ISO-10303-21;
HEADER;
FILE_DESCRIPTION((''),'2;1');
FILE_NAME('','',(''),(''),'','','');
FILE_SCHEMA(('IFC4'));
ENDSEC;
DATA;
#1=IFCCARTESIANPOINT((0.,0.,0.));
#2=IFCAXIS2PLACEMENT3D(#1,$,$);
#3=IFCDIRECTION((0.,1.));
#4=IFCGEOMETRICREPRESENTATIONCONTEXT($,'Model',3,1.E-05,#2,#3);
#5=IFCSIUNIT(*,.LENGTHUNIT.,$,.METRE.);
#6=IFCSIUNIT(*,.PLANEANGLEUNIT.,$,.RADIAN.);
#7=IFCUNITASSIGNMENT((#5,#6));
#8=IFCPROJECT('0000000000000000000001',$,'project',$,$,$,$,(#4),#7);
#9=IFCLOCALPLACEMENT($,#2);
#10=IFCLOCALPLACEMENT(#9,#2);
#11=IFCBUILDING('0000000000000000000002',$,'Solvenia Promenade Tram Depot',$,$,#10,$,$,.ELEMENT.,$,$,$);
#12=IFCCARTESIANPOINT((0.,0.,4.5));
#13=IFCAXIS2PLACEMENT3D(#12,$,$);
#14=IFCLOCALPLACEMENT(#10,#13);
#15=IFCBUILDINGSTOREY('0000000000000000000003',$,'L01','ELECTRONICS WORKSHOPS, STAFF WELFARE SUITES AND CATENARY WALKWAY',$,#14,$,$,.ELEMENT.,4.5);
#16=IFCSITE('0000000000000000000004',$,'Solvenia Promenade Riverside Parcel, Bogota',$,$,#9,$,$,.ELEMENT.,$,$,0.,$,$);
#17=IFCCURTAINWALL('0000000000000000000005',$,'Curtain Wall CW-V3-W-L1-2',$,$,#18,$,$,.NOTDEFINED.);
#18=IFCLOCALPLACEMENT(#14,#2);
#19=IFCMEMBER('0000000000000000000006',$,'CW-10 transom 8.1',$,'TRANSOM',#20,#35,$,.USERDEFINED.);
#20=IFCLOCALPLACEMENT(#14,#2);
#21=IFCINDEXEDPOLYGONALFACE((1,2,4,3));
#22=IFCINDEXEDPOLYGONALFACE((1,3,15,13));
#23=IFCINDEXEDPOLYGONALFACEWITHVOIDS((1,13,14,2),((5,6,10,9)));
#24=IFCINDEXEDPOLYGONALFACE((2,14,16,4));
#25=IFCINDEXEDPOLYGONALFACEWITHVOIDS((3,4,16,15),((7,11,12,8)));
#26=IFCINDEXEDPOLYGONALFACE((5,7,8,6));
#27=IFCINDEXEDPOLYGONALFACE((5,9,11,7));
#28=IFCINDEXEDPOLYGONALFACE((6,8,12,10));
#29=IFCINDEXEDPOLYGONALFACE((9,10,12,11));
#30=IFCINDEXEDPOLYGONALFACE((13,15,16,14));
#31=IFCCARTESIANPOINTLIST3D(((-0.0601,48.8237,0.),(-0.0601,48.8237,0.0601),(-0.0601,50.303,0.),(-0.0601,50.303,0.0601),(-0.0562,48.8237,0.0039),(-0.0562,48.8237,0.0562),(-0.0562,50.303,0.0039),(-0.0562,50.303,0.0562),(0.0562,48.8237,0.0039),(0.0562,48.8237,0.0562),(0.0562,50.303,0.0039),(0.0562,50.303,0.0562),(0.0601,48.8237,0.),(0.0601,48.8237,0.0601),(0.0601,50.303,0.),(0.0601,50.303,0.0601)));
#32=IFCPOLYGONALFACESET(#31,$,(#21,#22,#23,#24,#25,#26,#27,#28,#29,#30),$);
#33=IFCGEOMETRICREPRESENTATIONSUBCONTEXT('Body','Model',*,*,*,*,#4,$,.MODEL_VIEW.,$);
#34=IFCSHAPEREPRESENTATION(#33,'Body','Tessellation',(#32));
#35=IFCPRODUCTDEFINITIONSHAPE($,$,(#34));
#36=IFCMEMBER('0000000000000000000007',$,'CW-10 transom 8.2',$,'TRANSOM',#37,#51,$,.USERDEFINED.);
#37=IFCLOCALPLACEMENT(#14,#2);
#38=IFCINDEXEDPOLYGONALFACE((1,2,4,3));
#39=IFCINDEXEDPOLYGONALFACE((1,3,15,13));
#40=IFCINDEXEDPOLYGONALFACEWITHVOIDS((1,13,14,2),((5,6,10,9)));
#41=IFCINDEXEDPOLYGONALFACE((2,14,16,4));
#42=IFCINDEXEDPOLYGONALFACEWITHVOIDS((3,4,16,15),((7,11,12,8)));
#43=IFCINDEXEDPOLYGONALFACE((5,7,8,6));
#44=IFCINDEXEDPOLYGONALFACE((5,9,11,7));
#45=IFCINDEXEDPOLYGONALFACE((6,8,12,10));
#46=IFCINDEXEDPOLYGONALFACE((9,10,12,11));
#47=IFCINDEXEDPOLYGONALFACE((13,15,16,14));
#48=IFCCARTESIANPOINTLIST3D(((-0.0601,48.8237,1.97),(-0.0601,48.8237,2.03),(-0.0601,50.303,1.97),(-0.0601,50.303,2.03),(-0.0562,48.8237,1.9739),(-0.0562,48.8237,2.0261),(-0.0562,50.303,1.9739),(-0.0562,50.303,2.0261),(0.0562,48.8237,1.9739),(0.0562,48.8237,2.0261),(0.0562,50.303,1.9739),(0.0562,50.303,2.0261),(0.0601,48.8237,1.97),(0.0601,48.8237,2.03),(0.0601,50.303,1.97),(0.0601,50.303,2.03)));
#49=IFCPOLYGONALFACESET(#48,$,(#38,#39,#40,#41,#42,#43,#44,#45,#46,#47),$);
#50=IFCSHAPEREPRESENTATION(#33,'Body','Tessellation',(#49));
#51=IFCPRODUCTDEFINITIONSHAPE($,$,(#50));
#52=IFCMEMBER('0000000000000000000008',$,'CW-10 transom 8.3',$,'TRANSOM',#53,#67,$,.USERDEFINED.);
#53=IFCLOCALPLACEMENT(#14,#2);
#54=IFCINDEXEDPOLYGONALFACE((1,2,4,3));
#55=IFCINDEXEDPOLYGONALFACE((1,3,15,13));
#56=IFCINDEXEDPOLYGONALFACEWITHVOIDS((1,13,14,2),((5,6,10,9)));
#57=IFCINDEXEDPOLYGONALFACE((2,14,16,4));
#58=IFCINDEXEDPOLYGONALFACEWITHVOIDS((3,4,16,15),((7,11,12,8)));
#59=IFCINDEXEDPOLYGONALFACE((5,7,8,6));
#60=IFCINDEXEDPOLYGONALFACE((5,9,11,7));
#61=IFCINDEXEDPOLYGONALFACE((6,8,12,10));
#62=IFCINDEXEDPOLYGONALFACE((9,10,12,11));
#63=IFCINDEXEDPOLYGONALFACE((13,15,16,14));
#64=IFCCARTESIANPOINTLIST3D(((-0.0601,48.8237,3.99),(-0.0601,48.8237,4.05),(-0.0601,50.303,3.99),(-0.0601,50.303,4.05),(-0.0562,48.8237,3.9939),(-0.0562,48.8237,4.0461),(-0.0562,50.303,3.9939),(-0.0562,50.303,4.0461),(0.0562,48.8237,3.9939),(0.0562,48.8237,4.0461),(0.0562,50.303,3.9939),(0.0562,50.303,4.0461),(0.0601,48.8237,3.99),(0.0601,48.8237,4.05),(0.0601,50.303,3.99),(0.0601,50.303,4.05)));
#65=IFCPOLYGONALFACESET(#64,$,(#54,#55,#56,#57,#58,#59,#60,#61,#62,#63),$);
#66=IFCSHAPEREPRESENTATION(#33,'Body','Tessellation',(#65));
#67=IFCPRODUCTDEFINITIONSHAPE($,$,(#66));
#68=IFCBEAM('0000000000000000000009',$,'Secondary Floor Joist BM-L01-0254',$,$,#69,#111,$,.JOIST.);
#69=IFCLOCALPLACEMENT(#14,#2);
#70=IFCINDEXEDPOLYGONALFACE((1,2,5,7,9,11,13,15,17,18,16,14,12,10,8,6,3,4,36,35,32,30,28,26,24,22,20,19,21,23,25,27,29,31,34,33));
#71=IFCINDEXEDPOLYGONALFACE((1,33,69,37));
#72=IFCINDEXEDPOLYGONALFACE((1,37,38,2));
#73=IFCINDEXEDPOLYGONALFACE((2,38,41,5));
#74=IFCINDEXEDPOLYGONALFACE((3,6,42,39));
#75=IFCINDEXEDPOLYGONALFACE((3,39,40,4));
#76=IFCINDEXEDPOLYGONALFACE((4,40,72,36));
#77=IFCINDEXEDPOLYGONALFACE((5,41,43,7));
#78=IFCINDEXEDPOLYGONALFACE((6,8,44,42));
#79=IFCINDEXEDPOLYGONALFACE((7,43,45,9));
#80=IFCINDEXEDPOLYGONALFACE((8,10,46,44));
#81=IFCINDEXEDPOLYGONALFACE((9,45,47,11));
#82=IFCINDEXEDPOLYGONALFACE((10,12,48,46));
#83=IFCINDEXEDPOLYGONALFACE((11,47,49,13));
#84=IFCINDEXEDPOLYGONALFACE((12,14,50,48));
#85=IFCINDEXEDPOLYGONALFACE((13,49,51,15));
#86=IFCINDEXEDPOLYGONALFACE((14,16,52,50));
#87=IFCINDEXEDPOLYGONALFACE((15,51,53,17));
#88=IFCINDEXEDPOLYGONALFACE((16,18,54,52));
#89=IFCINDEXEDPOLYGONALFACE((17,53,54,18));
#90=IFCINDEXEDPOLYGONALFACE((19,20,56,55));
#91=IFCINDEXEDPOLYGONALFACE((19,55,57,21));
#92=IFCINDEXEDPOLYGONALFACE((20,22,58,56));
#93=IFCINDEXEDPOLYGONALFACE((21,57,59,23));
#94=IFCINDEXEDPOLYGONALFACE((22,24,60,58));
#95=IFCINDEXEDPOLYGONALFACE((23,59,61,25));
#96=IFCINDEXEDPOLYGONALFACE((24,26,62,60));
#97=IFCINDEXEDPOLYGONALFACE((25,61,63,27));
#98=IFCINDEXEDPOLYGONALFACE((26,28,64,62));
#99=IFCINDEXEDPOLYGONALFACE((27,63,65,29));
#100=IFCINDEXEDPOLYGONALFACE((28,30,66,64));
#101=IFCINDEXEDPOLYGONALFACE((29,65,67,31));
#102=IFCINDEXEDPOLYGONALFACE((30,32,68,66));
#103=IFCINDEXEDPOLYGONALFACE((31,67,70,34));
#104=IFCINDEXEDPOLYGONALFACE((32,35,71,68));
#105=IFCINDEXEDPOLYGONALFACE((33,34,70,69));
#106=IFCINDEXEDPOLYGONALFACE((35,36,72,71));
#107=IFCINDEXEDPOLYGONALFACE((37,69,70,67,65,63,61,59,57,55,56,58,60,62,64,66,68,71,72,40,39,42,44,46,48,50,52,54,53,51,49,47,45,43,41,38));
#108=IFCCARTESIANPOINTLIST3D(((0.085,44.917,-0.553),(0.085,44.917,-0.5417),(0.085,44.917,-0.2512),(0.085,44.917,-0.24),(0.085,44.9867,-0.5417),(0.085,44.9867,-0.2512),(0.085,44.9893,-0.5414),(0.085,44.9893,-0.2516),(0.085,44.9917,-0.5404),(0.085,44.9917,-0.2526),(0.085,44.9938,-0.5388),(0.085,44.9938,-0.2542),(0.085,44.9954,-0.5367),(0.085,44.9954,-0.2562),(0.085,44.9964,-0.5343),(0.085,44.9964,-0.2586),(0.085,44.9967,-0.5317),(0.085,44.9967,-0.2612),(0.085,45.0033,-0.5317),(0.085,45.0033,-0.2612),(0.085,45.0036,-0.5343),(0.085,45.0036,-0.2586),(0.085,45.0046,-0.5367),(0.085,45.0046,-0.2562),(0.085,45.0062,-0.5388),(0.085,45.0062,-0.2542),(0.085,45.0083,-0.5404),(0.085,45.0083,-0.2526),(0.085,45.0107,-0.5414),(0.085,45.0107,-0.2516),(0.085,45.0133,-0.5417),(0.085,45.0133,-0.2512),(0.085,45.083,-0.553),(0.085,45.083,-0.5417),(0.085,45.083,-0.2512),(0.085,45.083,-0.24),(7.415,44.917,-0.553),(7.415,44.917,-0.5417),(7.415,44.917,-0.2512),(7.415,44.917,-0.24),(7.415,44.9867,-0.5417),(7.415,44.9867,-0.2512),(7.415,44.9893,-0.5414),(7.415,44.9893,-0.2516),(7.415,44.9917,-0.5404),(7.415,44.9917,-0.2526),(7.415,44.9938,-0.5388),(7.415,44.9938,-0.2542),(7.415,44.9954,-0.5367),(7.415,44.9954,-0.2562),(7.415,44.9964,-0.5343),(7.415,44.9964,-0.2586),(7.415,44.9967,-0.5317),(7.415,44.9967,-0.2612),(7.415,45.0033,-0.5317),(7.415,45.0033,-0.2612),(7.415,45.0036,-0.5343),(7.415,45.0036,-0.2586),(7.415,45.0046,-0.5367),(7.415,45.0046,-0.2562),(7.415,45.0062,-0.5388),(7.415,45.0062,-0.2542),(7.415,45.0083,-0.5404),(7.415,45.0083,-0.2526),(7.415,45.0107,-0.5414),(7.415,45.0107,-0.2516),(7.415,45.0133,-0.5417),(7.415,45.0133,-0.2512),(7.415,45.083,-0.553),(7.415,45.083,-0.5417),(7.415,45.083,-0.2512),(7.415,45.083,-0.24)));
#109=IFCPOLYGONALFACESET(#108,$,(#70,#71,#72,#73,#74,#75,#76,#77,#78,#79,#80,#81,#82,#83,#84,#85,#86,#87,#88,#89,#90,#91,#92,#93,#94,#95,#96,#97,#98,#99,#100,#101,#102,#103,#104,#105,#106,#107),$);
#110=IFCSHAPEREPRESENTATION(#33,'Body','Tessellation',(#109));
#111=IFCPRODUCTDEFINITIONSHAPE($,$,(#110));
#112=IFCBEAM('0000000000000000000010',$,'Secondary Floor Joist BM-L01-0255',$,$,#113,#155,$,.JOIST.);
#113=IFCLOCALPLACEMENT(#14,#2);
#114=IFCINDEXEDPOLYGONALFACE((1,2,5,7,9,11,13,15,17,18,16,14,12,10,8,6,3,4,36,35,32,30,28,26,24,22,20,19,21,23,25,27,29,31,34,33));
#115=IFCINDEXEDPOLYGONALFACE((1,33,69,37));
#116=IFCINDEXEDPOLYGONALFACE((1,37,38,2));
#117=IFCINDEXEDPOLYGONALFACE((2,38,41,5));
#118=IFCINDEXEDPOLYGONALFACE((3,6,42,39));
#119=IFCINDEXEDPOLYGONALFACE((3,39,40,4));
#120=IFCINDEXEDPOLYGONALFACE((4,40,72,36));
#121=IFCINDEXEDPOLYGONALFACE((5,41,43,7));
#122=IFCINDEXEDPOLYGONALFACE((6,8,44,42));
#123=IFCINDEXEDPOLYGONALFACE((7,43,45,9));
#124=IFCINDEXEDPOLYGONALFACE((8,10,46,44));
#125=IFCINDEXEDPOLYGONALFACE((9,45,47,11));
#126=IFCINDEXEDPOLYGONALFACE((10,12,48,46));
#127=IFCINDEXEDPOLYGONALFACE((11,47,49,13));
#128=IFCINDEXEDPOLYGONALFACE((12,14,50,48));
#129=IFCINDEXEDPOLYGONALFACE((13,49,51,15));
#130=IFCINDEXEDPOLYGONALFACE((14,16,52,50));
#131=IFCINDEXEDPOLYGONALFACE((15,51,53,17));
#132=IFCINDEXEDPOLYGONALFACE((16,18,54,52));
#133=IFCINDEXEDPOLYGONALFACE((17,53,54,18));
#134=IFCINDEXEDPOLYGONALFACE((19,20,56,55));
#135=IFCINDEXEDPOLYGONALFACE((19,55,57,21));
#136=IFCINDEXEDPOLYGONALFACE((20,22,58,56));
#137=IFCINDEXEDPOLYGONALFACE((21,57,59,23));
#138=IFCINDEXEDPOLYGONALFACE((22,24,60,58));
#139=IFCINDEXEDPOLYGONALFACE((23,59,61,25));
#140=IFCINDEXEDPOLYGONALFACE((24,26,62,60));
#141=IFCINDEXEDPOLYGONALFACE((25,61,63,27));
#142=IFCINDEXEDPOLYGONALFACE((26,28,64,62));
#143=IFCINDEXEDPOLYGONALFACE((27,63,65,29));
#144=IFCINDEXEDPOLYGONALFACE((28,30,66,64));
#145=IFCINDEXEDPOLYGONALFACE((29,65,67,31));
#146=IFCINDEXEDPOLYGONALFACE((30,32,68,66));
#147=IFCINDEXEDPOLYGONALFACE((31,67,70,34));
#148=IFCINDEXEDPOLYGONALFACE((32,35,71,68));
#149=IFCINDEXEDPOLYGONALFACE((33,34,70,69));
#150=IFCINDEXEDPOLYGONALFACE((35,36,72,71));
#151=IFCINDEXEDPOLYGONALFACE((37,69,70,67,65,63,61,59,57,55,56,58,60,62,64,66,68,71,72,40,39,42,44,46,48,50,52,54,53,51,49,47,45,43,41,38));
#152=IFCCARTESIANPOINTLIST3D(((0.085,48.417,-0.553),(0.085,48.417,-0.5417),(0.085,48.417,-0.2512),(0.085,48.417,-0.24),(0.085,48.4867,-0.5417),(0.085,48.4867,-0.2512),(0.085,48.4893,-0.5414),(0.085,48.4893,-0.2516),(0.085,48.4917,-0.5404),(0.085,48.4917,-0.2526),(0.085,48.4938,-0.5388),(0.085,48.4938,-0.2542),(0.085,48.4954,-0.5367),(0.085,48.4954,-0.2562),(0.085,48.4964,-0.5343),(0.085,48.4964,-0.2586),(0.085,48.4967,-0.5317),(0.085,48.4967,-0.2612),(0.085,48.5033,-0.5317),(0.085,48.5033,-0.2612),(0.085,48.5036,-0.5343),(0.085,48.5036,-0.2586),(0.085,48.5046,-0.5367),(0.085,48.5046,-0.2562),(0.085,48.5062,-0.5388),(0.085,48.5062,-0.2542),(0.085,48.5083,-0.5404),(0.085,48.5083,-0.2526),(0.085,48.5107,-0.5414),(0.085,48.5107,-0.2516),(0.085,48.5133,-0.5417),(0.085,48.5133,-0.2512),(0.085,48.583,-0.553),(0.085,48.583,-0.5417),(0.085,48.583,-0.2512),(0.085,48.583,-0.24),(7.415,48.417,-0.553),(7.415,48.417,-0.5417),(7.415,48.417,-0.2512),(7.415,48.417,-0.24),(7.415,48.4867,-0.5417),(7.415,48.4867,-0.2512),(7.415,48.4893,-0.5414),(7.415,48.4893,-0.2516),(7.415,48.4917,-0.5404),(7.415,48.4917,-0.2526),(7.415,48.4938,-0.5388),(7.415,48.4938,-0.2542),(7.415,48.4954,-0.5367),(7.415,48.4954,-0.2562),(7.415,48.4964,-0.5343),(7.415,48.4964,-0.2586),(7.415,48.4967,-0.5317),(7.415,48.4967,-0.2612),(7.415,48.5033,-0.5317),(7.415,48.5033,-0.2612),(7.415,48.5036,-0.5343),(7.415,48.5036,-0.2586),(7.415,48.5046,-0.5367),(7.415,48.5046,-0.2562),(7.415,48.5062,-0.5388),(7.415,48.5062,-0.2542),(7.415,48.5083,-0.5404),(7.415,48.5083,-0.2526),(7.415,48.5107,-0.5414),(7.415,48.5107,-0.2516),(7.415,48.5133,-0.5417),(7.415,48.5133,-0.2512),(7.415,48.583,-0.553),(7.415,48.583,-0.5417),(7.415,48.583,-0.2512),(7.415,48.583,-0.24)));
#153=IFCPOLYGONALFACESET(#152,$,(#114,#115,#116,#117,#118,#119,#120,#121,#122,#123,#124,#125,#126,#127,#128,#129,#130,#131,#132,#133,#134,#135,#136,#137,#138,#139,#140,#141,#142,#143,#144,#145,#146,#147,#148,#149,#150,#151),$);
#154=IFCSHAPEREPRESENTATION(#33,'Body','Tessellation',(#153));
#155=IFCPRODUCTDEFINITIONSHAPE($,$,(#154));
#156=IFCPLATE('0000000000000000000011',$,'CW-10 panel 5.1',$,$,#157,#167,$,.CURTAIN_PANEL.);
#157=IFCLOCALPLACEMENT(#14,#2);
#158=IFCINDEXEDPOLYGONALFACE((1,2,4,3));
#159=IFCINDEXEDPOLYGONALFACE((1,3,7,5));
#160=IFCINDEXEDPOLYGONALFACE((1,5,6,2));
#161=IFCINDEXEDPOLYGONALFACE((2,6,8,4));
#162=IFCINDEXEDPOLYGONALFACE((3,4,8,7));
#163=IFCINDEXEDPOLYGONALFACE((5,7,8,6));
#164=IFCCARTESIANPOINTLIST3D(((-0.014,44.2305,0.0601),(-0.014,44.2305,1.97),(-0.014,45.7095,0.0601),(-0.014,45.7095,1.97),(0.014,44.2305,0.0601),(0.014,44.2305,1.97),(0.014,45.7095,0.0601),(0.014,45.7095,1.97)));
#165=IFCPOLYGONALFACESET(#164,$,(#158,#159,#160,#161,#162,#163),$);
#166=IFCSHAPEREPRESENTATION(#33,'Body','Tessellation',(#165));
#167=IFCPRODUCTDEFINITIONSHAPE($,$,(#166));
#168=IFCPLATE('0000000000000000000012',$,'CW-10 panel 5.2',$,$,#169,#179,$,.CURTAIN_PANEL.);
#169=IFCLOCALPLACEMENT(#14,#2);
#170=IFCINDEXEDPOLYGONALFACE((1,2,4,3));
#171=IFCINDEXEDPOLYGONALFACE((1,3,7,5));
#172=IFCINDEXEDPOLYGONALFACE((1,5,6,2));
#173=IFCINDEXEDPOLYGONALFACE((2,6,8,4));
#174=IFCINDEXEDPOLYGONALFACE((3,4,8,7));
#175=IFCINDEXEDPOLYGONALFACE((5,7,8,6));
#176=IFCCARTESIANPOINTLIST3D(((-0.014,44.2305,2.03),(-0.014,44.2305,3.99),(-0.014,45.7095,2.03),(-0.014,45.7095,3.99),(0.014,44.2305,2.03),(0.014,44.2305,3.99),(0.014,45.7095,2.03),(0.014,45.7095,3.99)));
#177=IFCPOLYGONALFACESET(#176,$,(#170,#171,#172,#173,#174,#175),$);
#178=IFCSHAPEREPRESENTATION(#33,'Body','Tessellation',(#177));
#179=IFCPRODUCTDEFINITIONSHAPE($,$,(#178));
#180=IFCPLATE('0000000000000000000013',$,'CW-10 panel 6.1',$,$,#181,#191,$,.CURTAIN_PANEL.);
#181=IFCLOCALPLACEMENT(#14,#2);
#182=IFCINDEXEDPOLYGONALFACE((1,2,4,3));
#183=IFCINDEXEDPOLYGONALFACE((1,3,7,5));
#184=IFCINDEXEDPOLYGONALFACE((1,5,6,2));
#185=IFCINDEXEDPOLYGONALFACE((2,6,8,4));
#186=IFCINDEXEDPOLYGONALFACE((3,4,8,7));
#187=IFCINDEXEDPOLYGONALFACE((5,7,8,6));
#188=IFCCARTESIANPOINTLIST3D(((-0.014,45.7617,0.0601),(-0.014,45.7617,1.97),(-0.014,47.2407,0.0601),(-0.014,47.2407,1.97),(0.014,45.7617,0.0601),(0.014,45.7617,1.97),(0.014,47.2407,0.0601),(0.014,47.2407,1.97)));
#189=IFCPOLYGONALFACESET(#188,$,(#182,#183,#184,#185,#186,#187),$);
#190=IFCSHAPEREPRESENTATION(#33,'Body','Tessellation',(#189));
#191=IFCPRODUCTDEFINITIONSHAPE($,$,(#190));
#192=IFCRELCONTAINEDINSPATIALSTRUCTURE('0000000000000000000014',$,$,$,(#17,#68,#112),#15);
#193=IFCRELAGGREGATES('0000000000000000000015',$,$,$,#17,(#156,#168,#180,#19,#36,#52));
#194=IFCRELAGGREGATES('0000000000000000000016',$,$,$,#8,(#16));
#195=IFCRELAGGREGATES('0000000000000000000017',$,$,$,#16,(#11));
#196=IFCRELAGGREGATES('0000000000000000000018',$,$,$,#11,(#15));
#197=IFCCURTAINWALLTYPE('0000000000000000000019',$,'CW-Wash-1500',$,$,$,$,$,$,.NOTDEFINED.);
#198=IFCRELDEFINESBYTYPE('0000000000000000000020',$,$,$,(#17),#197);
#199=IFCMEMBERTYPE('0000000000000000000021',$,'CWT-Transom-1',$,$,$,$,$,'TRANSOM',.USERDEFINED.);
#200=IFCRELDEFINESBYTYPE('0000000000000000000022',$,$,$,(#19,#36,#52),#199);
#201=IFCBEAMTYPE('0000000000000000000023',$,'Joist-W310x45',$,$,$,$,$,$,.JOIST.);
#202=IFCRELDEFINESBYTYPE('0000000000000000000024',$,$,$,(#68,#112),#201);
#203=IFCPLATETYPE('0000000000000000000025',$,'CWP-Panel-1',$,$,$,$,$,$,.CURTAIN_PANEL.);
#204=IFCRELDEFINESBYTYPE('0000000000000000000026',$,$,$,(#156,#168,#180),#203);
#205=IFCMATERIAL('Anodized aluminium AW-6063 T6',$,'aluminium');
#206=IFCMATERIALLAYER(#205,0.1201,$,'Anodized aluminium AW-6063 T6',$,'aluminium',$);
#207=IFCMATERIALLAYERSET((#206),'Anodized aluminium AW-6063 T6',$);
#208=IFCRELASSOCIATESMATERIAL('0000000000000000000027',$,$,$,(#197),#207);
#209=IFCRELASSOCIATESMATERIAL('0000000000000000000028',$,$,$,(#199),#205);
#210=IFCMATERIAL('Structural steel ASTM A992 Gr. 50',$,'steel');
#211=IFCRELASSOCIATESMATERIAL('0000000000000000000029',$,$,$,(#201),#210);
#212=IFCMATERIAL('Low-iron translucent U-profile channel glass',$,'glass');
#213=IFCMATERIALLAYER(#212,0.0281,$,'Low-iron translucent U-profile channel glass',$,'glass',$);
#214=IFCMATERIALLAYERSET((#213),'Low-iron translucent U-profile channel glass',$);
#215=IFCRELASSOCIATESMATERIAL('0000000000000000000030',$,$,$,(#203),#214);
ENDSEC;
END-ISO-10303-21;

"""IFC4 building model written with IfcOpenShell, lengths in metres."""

from ifc_helpers import new_model, si_unit, direction, frame, origin, origin_2d, place, context, subcontext, project, spatial, rectangle, hollow_rectangle, i_section, extrude, material, layer, layer_set, material_profile, profile_set, type_object, element, aggregate, save


model = new_model("IFC4")

# Units and contexts
model_context = context("Model", 3, precision=1e-05, world=origin(), true_north=direction((0.0, 1.0)))
body_context = subcontext(model_context, "Body", "Model", "MODEL_VIEW")
ifc_project = project(units=[si_unit("LENGTHUNIT", "METRE"), si_unit("PLANEANGLEUNIT", "RADIAN")], contexts=[model_context])

# Site, building, storey
site_placement = place(None, origin())
site = spatial("IfcSite", under=ifc_project, at=site_placement, Name="Solvenia Promenade Riverside Parcel, Bogota", CompositionType="ELEMENT", RefElevation=0.0)
building_placement = place(site_placement, origin())
building = spatial("IfcBuilding", under=site, at=building_placement, Name="Solvenia Promenade Tram Depot", CompositionType="ELEMENT")
storey_placement = place(building_placement, frame((0.0, 0.0, 4.5)))
storey = spatial("IfcBuildingStorey", under=building, at=storey_placement, Name="L01", Description="ELECTRONICS WORKSHOPS, STAFF WELFARE SUITES AND CATENARY WALKWAY", CompositionType="ELEMENT", Elevation=4.5)

# Curtain wall, members
ifc_material_1 = material(Name="Anodized aluminium AW-6063 T6", Category="aluminium")
ifc_layer_1 = layer(ifc_material_1, 0.1201, Name="Anodized aluminium AW-6063 T6", Category="aluminium")
ifc_layer_set_1 = layer_set([ifc_layer_1], Name="Anodized aluminium AW-6063 T6")
curtain_wall_type = type_object("IfcCurtainWallType", Name="CW-Wash-1500", PredefinedType="NOTDEFINED", material=ifc_layer_set_1)
curtain_wall_placement = place(storey_placement, origin())
curtain_wall = element("IfcCurtainWall", 1, at=curtain_wall_placement, inside=storey, type_object=curtain_wall_type, Name="Curtain Wall CW-V3-W-L1-2", PredefinedType="NOTDEFINED")
ifc_material_profile_1 = material_profile(ifc_material_1, hollow_rectangle(XDim=0.1201, YDim=0.0601, WallThickness=0.0039, at=origin_2d()), Name="ALU-T1", Category="aluminium")
ifc_profile_set_1 = profile_set([ifc_material_profile_1], Name="Anodized aluminium AW-6063 T6")
member_type_1 = type_object("IfcMemberType", Name="CWT-Transom-1", ElementType="TRANSOM", PredefinedType="USERDEFINED", material=ifc_profile_set_1)
member_1_placement = place(storey_placement, frame((0.0, 48.8237, 0.03), z_axis=(0.0, 1.0, 0.0), x_axis=(-1.0, 0.0, 0.0)))
member_1 = element("IfcMember", 2, at=member_1_placement, type_object=member_type_1, Name="CW-10 transom 8.1", ObjectType="TRANSOM", PredefinedType="USERDEFINED", context=body_context, shape_type="SweptSolid", body=[
    extrude(hollow_rectangle(XDim=0.1201, YDim=0.0601, WallThickness=0.0039, at=origin_2d()), origin(), (0.0, 0.0, 1.0), 1.4792),
])
member_2_placement = place(storey_placement, frame((0.0, 48.8237, 2.0), z_axis=(0.0, 1.0, 0.0), x_axis=(-1.0, 0.0, 0.0)))
member_2 = element("IfcMember", 3, at=member_2_placement, type_object=member_type_1, Name="CW-10 transom 8.2", ObjectType="TRANSOM", PredefinedType="USERDEFINED", context=body_context, shape_type="SweptSolid", body=[
    extrude(hollow_rectangle(XDim=0.1201, YDim=0.0601, WallThickness=0.0039, at=origin_2d()), origin(), (0.0, 0.0, 1.0), 1.4792),
])
member_3_placement = place(storey_placement, frame((0.0, 48.8237, 4.02), z_axis=(0.0, 1.0, 0.0), x_axis=(-1.0, 0.0, 0.0)))
member_3 = element("IfcMember", 4, at=member_3_placement, type_object=member_type_1, Name="CW-10 transom 8.3", ObjectType="TRANSOM", PredefinedType="USERDEFINED", context=body_context, shape_type="SweptSolid", body=[
    extrude(hollow_rectangle(XDim=0.1201, YDim=0.0601, WallThickness=0.0039, at=origin_2d()), origin(), (0.0, 0.0, 1.0), 1.4792),
])

# Beams
ifc_material_2 = material(Name="Structural steel ASTM A992 Gr. 50", Category="steel")
ifc_material_profile_2 = material_profile(ifc_material_2, i_section(OverallWidth=0.166, OverallDepth=0.313, WebThickness=0.0066, FlangeThickness=0.0112, FilletRadius=0.01, at=origin_2d()), Name="W310x45", Category="steel")
ifc_profile_set_2 = profile_set([ifc_material_profile_2], Name="Structural steel ASTM A992 Gr. 50")
beam_type = type_object("IfcBeamType", Name="Joist-W310x45", PredefinedType="JOIST", material=ifc_profile_set_2)
for number, where, z_axis, x_axis, name in (
    (5, (0.085, 45.0, -0.3965), (1.0, 0.0, 0.0), (0.0, 1.0, 0.0), "Secondary Floor Joist BM-L01-0254"),
    (6, (0.085, 48.5, -0.3965), (1.0, 0.0, 0.0), (0.0, 1.0, 0.0), "Secondary Floor Joist BM-L01-0255"),
):
    element("IfcBeam", number, at=place(storey_placement, frame(where, z_axis=z_axis, x_axis=x_axis)), inside=storey, type_object=beam_type, Name=name, PredefinedType="JOIST", context=body_context, shape_type="SweptSolid", body=[
        extrude(i_section(OverallWidth=0.166, OverallDepth=0.313, WebThickness=0.0066, FlangeThickness=0.0112, FilletRadius=0.01, at=origin_2d()), origin(), (0.0, 0.0, 1.0), 7.3301),
    ])

# Plates
ifc_material_3 = material(Name="Low-iron translucent U-profile channel glass", Category="glass")
ifc_layer_2 = layer(ifc_material_3, 0.0281, Name="Low-iron translucent U-profile channel glass", Category="glass")
ifc_layer_set_2 = layer_set([ifc_layer_2], Name="Low-iron translucent U-profile channel glass")
plate_type = type_object("IfcPlateType", Name="CWP-Panel-1", PredefinedType="CURTAIN_PANEL", material=ifc_layer_set_2)
plate_1_placement = place(storey_placement, frame((0.0, 44.97, 0.0601), z_axis=(0.0, 0.0, 1.0), x_axis=(0.0, 1.0, 0.0)))
plate_1 = element("IfcPlate", 7, at=plate_1_placement, type_object=plate_type, Name="CW-10 panel 5.1", PredefinedType="CURTAIN_PANEL", context=body_context, shape_type="SweptSolid", body=[
    extrude(rectangle(XDim=1.479, YDim=0.0281, at=origin_2d()), origin(), (0.0, 0.0, 1.0), 1.9099),
])
plate_2_placement = place(storey_placement, frame((0.0, 44.97, 2.03), z_axis=(0.0, 0.0, 1.0), x_axis=(0.0, 1.0, 0.0)))
plate_2 = element("IfcPlate", 8, at=plate_2_placement, type_object=plate_type, Name="CW-10 panel 5.2", PredefinedType="CURTAIN_PANEL", context=body_context, shape_type="SweptSolid", body=[
    extrude(rectangle(XDim=1.479, YDim=0.0281, at=origin_2d()), origin(), (0.0, 0.0, 1.0), 1.96),
])
plate_3_placement = place(storey_placement, frame((0.0, 46.5012, 0.0601), z_axis=(0.0, 0.0, 1.0), x_axis=(0.0, 1.0, 0.0)))
plate_3 = element("IfcPlate", 9, at=plate_3_placement, type_object=plate_type, Name="CW-10 panel 6.1", PredefinedType="CURTAIN_PANEL", context=body_context, shape_type="SweptSolid", body=[
    extrude(rectangle(XDim=1.479, YDim=0.0281, at=origin_2d()), origin(), (0.0, 0.0, 1.0), 1.9099),
])
aggregate(curtain_wall, [plate_1, plate_2, plate_3, member_1, member_2, member_3])

save(model, "model.ifc")
